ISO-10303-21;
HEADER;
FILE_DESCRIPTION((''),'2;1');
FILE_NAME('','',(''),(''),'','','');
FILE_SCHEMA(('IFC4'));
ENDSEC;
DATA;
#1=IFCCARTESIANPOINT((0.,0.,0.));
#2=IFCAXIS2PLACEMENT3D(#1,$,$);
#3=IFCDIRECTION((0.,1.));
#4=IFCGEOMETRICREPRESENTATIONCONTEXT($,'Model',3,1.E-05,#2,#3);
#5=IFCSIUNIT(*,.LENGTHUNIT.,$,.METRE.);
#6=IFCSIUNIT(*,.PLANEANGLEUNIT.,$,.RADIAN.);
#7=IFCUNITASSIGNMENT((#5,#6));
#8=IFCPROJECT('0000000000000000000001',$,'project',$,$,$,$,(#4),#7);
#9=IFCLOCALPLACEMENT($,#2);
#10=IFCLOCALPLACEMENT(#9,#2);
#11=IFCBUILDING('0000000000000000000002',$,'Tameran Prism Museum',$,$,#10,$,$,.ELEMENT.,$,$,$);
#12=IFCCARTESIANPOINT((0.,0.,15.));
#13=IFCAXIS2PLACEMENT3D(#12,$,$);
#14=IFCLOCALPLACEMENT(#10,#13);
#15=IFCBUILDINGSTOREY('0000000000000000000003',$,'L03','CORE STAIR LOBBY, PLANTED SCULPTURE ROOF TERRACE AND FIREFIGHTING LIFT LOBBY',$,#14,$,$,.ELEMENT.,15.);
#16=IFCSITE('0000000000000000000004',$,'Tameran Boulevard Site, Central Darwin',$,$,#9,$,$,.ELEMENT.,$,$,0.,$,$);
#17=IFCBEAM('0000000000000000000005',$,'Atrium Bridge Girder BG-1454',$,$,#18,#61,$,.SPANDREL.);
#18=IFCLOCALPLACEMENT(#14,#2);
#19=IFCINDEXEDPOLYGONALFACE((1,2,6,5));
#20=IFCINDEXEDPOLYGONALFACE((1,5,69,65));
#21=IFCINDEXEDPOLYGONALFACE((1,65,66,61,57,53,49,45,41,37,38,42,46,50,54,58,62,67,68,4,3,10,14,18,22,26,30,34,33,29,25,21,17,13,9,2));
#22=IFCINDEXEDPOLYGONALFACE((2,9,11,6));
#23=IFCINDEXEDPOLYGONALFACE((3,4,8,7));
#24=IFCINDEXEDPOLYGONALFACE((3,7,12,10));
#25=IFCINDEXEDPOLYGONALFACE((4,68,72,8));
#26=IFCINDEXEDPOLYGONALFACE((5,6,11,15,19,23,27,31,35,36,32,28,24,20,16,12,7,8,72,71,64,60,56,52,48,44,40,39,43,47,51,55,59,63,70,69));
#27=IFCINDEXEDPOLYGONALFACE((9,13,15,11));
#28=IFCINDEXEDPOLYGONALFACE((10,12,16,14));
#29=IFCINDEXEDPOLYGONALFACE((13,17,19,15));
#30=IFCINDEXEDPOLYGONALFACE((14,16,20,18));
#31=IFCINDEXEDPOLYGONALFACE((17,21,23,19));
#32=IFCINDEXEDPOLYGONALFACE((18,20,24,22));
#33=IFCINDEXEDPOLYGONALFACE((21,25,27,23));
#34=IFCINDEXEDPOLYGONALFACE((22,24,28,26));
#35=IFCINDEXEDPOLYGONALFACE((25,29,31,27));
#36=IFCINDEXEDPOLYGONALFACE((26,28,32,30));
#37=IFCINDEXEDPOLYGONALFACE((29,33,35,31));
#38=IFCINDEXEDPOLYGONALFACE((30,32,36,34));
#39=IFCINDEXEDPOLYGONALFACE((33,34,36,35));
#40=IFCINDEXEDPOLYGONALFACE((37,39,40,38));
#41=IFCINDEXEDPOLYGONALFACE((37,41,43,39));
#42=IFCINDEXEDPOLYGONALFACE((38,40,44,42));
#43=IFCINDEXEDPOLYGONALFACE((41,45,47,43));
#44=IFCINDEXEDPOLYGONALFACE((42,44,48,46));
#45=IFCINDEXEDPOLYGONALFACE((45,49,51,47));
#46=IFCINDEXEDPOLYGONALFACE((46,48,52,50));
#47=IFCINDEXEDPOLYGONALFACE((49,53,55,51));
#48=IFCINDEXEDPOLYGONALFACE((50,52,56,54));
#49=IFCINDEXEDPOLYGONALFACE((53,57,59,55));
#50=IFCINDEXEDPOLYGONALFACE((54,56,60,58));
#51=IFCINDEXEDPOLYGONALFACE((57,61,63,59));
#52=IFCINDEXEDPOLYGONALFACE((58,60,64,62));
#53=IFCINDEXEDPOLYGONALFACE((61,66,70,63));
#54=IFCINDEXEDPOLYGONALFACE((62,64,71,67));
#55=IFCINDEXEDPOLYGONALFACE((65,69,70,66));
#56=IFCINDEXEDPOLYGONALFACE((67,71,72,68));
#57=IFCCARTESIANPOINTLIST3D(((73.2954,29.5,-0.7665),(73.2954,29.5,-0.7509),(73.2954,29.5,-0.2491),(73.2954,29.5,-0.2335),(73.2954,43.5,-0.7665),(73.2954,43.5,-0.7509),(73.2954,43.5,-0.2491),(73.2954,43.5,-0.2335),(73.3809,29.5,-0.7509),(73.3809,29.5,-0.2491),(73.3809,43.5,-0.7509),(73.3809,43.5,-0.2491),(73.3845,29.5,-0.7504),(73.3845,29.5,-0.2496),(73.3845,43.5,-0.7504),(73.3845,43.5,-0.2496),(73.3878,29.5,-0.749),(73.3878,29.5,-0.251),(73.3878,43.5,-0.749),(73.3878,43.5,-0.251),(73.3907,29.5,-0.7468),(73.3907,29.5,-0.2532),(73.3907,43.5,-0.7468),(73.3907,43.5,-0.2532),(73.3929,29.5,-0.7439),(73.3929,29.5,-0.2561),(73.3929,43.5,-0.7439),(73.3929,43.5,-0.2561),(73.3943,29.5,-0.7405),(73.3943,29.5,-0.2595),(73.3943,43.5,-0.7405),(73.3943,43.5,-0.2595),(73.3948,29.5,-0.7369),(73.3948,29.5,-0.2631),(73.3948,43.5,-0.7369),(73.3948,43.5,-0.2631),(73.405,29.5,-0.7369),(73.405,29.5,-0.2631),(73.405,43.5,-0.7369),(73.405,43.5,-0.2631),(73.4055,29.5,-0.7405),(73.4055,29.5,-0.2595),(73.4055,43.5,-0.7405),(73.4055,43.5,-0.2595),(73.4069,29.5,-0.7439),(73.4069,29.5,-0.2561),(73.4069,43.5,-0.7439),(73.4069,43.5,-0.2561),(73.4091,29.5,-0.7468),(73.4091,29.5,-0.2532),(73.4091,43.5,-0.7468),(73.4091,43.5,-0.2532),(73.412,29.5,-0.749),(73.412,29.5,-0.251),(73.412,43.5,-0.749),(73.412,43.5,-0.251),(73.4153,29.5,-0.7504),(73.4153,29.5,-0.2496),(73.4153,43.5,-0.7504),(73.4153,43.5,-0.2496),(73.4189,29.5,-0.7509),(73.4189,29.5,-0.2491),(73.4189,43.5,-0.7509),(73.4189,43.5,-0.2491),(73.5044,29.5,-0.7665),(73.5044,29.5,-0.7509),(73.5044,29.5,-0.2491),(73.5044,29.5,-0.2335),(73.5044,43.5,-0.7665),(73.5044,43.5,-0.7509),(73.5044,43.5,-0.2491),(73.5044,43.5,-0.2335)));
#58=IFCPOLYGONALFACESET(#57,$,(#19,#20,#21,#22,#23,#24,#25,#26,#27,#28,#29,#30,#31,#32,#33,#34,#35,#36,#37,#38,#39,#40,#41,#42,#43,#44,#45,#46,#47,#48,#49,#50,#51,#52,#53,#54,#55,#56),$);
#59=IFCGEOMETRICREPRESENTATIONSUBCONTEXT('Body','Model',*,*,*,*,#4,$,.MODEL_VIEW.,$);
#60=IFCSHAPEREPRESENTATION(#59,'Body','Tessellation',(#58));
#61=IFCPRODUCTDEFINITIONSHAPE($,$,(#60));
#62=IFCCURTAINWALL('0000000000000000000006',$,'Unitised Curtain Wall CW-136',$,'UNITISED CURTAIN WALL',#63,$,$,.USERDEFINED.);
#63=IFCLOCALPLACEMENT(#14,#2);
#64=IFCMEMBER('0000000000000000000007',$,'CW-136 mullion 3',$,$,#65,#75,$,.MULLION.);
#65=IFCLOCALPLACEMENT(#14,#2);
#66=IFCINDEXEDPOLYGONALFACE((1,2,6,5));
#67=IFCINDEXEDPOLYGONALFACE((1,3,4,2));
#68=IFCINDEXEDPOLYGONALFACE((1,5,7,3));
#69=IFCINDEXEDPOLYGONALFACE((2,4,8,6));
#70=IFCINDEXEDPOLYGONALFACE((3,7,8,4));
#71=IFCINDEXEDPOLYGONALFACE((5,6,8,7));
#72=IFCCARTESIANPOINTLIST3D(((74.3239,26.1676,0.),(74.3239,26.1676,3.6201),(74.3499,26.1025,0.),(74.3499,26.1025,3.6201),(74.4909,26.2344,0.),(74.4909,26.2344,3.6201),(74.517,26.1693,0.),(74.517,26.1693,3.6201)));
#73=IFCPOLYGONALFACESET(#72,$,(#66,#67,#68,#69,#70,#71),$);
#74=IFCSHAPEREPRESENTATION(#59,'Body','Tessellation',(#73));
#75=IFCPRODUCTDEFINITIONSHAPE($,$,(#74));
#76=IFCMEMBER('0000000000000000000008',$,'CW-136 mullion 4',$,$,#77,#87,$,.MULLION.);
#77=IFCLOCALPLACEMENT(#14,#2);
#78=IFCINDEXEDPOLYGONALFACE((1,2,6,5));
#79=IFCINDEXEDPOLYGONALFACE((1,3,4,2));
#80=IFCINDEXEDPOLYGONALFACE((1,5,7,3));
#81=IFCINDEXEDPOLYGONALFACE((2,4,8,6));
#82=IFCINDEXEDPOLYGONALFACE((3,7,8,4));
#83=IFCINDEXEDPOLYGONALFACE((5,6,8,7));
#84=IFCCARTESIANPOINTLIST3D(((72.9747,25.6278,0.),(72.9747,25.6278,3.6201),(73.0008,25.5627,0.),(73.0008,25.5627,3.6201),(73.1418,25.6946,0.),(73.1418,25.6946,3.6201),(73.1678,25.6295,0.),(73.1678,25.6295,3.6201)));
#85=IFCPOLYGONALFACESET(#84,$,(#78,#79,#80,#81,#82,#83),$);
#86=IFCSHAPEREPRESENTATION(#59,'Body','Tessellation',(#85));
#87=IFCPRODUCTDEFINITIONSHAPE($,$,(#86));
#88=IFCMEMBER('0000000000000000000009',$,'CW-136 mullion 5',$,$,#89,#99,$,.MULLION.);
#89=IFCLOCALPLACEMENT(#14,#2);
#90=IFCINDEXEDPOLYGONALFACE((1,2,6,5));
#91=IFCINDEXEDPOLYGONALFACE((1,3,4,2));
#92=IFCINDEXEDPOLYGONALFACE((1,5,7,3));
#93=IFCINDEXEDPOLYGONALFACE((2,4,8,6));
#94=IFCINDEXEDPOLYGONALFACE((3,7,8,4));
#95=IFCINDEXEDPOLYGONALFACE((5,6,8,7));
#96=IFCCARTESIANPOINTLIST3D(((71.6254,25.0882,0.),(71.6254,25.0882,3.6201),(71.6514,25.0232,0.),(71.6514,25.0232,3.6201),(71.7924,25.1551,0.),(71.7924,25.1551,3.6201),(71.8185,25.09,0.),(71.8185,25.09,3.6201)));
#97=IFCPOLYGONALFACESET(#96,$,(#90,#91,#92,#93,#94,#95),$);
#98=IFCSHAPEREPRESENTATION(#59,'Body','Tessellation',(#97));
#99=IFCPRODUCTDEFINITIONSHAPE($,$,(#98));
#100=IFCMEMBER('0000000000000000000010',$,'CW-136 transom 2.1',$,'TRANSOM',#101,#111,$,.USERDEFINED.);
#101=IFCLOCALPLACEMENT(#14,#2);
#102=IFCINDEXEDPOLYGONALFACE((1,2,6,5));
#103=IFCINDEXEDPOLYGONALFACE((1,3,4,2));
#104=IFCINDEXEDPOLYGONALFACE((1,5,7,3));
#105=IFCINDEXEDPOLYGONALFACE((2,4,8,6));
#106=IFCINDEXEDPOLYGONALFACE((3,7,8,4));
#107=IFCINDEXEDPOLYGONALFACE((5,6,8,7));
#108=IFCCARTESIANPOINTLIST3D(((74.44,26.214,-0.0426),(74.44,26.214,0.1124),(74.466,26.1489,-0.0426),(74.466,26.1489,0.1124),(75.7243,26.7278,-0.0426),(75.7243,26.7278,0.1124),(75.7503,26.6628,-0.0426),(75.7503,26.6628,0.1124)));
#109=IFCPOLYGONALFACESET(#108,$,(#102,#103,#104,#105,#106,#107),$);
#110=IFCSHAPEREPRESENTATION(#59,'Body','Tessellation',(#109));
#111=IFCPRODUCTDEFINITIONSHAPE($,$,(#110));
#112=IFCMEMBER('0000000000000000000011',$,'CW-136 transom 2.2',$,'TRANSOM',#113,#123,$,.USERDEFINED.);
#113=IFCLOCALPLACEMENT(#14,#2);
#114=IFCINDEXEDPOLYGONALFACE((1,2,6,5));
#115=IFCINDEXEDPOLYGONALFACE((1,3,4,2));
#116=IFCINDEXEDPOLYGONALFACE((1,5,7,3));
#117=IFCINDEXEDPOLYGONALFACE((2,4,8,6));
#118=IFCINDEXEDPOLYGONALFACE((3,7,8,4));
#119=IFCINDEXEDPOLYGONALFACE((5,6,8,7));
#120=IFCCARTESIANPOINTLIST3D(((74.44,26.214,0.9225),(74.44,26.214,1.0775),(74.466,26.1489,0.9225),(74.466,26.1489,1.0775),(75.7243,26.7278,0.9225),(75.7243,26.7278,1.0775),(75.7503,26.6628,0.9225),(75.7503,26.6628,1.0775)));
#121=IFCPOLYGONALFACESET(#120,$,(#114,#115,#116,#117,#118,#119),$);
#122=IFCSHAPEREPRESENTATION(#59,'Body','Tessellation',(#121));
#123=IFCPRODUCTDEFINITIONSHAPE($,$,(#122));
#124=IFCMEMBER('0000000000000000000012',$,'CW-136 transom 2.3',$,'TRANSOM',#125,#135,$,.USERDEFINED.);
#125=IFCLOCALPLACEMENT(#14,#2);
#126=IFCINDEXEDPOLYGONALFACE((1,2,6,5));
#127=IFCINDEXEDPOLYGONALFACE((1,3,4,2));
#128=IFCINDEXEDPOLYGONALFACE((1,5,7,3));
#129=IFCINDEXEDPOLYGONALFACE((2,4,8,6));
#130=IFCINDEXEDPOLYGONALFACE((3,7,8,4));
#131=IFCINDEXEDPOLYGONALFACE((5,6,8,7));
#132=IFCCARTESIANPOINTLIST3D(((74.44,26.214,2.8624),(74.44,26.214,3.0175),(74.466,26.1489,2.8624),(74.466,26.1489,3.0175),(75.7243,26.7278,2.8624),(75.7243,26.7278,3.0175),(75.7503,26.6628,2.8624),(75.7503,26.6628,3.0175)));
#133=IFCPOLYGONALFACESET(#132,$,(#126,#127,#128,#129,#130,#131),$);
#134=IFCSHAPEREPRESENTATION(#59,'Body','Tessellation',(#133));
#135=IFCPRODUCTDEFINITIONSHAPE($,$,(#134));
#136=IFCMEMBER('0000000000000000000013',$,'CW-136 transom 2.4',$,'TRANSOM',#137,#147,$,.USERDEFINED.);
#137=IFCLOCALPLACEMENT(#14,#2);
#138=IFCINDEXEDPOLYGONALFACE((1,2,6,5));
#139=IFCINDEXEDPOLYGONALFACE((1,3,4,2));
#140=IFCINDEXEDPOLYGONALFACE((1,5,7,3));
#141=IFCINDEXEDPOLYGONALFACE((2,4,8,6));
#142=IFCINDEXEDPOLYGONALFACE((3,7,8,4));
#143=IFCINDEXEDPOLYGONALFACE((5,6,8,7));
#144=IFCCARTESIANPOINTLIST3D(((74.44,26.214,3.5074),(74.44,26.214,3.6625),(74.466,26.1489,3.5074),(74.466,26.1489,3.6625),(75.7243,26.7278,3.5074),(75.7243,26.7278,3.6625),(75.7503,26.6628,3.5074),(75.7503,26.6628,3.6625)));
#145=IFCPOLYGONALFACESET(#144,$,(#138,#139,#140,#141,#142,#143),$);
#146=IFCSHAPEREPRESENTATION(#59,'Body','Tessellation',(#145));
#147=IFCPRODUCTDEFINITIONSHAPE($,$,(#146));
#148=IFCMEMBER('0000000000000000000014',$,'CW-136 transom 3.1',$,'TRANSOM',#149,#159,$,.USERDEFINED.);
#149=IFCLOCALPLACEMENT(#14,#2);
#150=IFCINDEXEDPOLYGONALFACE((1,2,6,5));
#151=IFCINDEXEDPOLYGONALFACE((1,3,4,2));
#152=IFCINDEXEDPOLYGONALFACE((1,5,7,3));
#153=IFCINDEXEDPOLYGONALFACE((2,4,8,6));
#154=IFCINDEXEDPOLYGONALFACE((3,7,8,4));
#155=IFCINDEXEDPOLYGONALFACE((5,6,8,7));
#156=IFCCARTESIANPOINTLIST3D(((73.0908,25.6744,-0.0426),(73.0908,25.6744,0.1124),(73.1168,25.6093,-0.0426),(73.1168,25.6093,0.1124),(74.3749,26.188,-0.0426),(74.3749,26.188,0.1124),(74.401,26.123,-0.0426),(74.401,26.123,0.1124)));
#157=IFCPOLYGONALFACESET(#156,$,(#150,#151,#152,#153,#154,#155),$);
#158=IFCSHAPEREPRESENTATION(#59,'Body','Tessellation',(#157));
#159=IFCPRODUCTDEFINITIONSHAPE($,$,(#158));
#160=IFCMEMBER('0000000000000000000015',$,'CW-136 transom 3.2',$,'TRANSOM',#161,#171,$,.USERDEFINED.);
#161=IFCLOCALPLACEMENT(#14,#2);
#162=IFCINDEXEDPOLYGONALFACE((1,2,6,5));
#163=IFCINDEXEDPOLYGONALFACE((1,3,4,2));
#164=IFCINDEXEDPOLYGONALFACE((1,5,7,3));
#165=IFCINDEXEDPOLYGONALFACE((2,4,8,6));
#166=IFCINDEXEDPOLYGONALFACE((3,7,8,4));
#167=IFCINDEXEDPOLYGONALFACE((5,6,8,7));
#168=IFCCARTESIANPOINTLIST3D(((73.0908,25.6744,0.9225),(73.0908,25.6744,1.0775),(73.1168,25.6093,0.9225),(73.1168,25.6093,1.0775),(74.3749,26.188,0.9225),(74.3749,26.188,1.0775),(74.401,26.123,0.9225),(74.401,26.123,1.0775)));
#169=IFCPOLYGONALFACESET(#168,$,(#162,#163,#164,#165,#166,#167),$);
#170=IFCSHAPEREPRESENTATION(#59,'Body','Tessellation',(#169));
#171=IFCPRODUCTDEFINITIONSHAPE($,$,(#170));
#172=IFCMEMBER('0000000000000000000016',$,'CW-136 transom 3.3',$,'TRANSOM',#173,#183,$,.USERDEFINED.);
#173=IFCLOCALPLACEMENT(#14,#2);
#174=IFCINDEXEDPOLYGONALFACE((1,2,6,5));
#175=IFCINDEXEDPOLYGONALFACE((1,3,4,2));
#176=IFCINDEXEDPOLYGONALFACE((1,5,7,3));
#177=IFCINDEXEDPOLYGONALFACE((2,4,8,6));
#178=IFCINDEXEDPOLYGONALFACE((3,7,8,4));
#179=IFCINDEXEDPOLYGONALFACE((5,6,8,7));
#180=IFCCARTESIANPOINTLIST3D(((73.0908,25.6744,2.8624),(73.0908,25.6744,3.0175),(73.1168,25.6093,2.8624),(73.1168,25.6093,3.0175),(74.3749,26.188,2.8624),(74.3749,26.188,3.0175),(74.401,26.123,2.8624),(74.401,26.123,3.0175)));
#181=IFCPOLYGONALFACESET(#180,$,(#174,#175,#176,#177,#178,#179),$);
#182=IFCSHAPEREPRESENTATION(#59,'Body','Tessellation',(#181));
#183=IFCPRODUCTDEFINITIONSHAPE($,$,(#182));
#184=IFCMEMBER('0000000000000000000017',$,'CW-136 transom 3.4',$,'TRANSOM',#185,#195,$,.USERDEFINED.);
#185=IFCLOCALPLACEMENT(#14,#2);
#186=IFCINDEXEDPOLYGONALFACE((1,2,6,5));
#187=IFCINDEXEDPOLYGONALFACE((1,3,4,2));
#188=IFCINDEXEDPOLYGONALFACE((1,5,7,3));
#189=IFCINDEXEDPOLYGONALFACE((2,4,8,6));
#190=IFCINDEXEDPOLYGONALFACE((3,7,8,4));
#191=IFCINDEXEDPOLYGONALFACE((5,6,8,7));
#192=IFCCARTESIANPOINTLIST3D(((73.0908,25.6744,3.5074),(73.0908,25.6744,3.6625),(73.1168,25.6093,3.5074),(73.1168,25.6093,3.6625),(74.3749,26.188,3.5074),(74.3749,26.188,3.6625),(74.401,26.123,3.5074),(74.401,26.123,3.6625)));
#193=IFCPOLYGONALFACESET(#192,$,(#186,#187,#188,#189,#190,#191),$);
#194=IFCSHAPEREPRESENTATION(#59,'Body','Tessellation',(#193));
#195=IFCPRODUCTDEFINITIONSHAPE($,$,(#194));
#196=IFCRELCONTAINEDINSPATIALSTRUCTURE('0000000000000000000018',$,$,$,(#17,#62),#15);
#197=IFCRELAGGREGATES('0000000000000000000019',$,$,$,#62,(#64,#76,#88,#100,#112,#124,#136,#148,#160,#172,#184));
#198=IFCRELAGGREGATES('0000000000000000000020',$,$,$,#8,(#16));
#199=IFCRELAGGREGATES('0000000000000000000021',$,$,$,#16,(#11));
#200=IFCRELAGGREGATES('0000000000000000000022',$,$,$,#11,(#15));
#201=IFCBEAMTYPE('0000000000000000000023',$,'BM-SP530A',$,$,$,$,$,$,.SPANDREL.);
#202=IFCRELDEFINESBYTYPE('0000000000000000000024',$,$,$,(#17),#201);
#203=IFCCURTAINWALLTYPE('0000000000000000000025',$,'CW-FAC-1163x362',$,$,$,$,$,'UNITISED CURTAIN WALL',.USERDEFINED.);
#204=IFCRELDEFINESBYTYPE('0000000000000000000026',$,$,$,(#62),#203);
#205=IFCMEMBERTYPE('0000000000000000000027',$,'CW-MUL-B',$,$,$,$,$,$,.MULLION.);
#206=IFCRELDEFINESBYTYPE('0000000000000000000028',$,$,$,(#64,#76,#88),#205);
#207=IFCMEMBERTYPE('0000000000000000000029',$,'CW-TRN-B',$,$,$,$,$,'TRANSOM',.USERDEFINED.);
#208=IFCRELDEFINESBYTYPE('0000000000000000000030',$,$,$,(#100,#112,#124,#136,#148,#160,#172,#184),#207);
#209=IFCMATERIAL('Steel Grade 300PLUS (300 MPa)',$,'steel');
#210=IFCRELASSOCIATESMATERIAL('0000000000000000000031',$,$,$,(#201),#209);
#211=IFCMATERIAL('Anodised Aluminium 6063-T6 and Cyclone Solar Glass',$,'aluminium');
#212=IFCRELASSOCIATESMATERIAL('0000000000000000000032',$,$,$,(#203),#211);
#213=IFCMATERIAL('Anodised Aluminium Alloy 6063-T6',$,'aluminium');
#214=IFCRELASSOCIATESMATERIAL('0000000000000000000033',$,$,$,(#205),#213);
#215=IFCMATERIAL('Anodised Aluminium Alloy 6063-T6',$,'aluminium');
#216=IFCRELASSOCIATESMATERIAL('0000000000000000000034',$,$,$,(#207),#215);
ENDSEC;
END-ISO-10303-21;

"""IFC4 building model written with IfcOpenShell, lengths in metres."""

from ifc_helpers import new_model, si_unit, direction, frame, origin, origin_2d, place, context, subcontext, project, spatial, rectangle, i_section, extrude, material, material_profile, profile_set, type_object, element, aggregate, save


model = new_model("IFC4")

# Units and contexts
model_context = context("Model", 3, precision=1e-05, world=origin(), true_north=direction((0.0, 1.0)))
body_context = subcontext(model_context, "Body", "Model", "MODEL_VIEW")
ifc_project = project(units=[si_unit("LENGTHUNIT", "METRE"), si_unit("PLANEANGLEUNIT", "RADIAN")], contexts=[model_context])

# Site, building, storey
site_placement = place(None, origin())
site = spatial("IfcSite", under=ifc_project, at=site_placement, Name="Tameran Boulevard Site, Central Darwin", CompositionType="ELEMENT", RefElevation=0.0)
building_placement = place(site_placement, origin())
building = spatial("IfcBuilding", under=site, at=building_placement, Name="Tameran Prism Museum", CompositionType="ELEMENT")
storey_placement = place(building_placement, frame((0.0, 0.0, 15.0)))
storey = spatial("IfcBuildingStorey", under=building, at=storey_placement, Name="L03", Description="CORE STAIR LOBBY, PLANTED SCULPTURE ROOF TERRACE AND FIREFIGHTING LIFT LOBBY", CompositionType="ELEMENT", Elevation=15.0)

# Beam
ifc_material_1 = material(Name="Steel Grade 300PLUS (300 MPa)", Category="steel")
ifc_material_profile_1 = material_profile(ifc_material_1, i_section(OverallWidth=0.209, OverallDepth=0.533, WebThickness=0.0103, FlangeThickness=0.0156, FilletRadius=0.0139, at=origin_2d()))
ifc_profile_set_1 = profile_set([ifc_material_profile_1])
beam_type = type_object("IfcBeamType", Name="BM-SP530A", PredefinedType="SPANDREL", material=ifc_profile_set_1)
beam_placement = place(storey_placement, frame((73.3999, 29.5, -0.5), z_axis=(0.0, 1.0, 0.0), x_axis=(-1.0, 0.0, 0.0)))
element("IfcBeam", 1, at=beam_placement, inside=storey, type_object=beam_type, Name="Atrium Bridge Girder BG-1454", PredefinedType="SPANDREL", context=body_context, shape_type="SweptSolid", body=[
    extrude(i_section(OverallWidth=0.209, OverallDepth=0.533, WebThickness=0.0103, FlangeThickness=0.0156, FilletRadius=0.0139, at=origin_2d()), origin(), (0.0, 0.0, 1.0), 14.0),
])

# Curtain wall, members
ifc_material_2 = material(Name="Anodised Aluminium 6063-T6 and Cyclone Solar Glass", Category="aluminium")
curtain_wall_type = type_object("IfcCurtainWallType", Name="CW-FAC-1163x362", ElementType="UNITISED CURTAIN WALL", PredefinedType="USERDEFINED", material=ifc_material_2)
curtain_wall_placement = place(storey_placement, origin())
curtain_wall = element("IfcCurtainWall", 2, at=curtain_wall_placement, inside=storey, type_object=curtain_wall_type, Name="Unitised Curtain Wall CW-136", ObjectType="UNITISED CURTAIN WALL", PredefinedType="USERDEFINED")
ifc_material_3 = material(Name="Anodised Aluminium Alloy 6063-T6", Category="aluminium")
ifc_material_profile_2 = material_profile(ifc_material_3, rectangle(XDim=0.0701, YDim=0.1799, at=origin_2d()))
ifc_profile_set_2 = profile_set([ifc_material_profile_2])
member_type_1 = type_object("IfcMemberType", Name="CW-MUL-B", PredefinedType="MULLION", material=ifc_profile_set_2)
member_1_placement = place(storey_placement, frame((74.4204, 26.1685, 0.0), z_axis=(0.0, 0.0, 1.0), x_axis=(0.37142, -0.928465, 0.0)))
member_1 = element("IfcMember", 3, at=member_1_placement, type_object=member_type_1, Name="CW-136 mullion 3", PredefinedType="MULLION", context=body_context, shape_type="SweptSolid", body=[
    extrude(rectangle(XDim=0.0701, YDim=0.1799, at=origin_2d()), origin(), (0.0, 0.0, 1.0), 3.6201),
])
member_2_placement = place(storey_placement, frame((73.0713, 25.6287, 0.0), z_axis=(0.0, 0.0, 1.0), x_axis=(0.37142, -0.928465, 0.0)))
member_2 = element("IfcMember", 4, at=member_2_placement, type_object=member_type_1, Name="CW-136 mullion 4", PredefinedType="MULLION", context=body_context, shape_type="SweptSolid", body=[
    extrude(rectangle(XDim=0.0701, YDim=0.1799, at=origin_2d()), origin(), (0.0, 0.0, 1.0), 3.6201),
])
member_3_placement = place(storey_placement, frame((71.7219, 25.0891, 0.0), z_axis=(0.0, 0.0, 1.0), x_axis=(0.37142, -0.928465, 0.0)))
member_3 = element("IfcMember", 5, at=member_3_placement, type_object=member_type_1, Name="CW-136 mullion 5", PredefinedType="MULLION", context=body_context, shape_type="SweptSolid", body=[
    extrude(rectangle(XDim=0.0701, YDim=0.1799, at=origin_2d()), origin(), (0.0, 0.0, 1.0), 3.6201),
])
ifc_material_4 = material(Name="Anodised Aluminium Alloy 6063-T6", Category="aluminium")
ifc_material_profile_3 = material_profile(ifc_material_4, rectangle(XDim=0.0701, YDim=0.155, at=origin_2d()))
ifc_profile_set_3 = profile_set([ifc_material_profile_3])
member_type_2 = type_object("IfcMemberType", Name="CW-TRN-B", ElementType="TRANSOM", PredefinedType="USERDEFINED", material=ifc_profile_set_3)
member_4_placement = place(storey_placement, frame((75.7373, 26.6953, 0.0349), z_axis=(-0.92844, -0.371482, 0.0), x_axis=(0.371482, -0.92844, 0.0)))
member_4 = element("IfcMember", 6, at=member_4_placement, type_object=member_type_2, Name="CW-136 transom 2.1", ObjectType="TRANSOM", PredefinedType="USERDEFINED", context=body_context, shape_type="SweptSolid", body=[
    extrude(rectangle(XDim=0.0701, YDim=0.155, at=origin_2d()), origin(), (0.0, 0.0, 1.0), 1.3833),
])
member_5_placement = place(storey_placement, frame((75.7373, 26.6953, 1.0), z_axis=(-0.92844, -0.371482, 0.0), x_axis=(0.371482, -0.92844, 0.0)))
member_5 = element("IfcMember", 7, at=member_5_placement, type_object=member_type_2, Name="CW-136 transom 2.2", ObjectType="TRANSOM", PredefinedType="USERDEFINED", context=body_context, shape_type="SweptSolid", body=[
    extrude(rectangle(XDim=0.0701, YDim=0.155, at=origin_2d()), origin(), (0.0, 0.0, 1.0), 1.3833),
])
member_6_placement = place(storey_placement, frame((75.7373, 26.6953, 2.9399), z_axis=(-0.92844, -0.371482, 0.0), x_axis=(0.371482, -0.92844, 0.0)))
member_6 = element("IfcMember", 8, at=member_6_placement, type_object=member_type_2, Name="CW-136 transom 2.3", ObjectType="TRANSOM", PredefinedType="USERDEFINED", context=body_context, shape_type="SweptSolid", body=[
    extrude(rectangle(XDim=0.0701, YDim=0.155, at=origin_2d()), origin(), (0.0, 0.0, 1.0), 1.3833),
])
member_7_placement = place(storey_placement, frame((75.7373, 26.6953, 3.585), z_axis=(-0.92844, -0.371482, 0.0), x_axis=(0.371482, -0.92844, 0.0)))
member_7 = element("IfcMember", 9, at=member_7_placement, type_object=member_type_2, Name="CW-136 transom 2.4", ObjectType="TRANSOM", PredefinedType="USERDEFINED", context=body_context, shape_type="SweptSolid", body=[
    extrude(rectangle(XDim=0.0701, YDim=0.155, at=origin_2d()), origin(), (0.0, 0.0, 1.0), 1.3833),
])
member_8_placement = place(storey_placement, frame((74.3879, 26.1555, 0.0349), z_axis=(-0.928477, -0.371391, 0.0), x_axis=(0.371391, -0.928477, 0.0)))
member_8 = element("IfcMember", 10, at=member_8_placement, type_object=member_type_2, Name="CW-136 transom 3.1", ObjectType="TRANSOM", PredefinedType="USERDEFINED", context=body_context, shape_type="SweptSolid", body=[
    extrude(rectangle(XDim=0.0701, YDim=0.155, at=origin_2d()), origin(), (0.0, 0.0, 1.0), 1.3831),
])
member_9_placement = place(storey_placement, frame((74.3879, 26.1555, 1.0), z_axis=(-0.928477, -0.371391, 0.0), x_axis=(0.371391, -0.928477, 0.0)))
member_9 = element("IfcMember", 11, at=member_9_placement, type_object=member_type_2, Name="CW-136 transom 3.2", ObjectType="TRANSOM", PredefinedType="USERDEFINED", context=body_context, shape_type="SweptSolid", body=[
    extrude(rectangle(XDim=0.0701, YDim=0.155, at=origin_2d()), origin(), (0.0, 0.0, 1.0), 1.3831),
])
member_10_placement = place(storey_placement, frame((74.3879, 26.1555, 2.9399), z_axis=(-0.928477, -0.371391, 0.0), x_axis=(0.371391, -0.928477, 0.0)))
member_10 = element("IfcMember", 12, at=member_10_placement, type_object=member_type_2, Name="CW-136 transom 3.3", ObjectType="TRANSOM", PredefinedType="USERDEFINED", context=body_context, shape_type="SweptSolid", body=[
    extrude(rectangle(XDim=0.0701, YDim=0.155, at=origin_2d()), origin(), (0.0, 0.0, 1.0), 1.3831),
])
member_11_placement = place(storey_placement, frame((74.3879, 26.1555, 3.585), z_axis=(-0.928477, -0.371391, 0.0), x_axis=(0.371391, -0.928477, 0.0)))
member_11 = element("IfcMember", 13, at=member_11_placement, type_object=member_type_2, Name="CW-136 transom 3.4", ObjectType="TRANSOM", PredefinedType="USERDEFINED", context=body_context, shape_type="SweptSolid", body=[
    extrude(rectangle(XDim=0.0701, YDim=0.155, at=origin_2d()), origin(), (0.0, 0.0, 1.0), 1.3831),
])
aggregate(curtain_wall, [member_1, member_2, member_3, member_4, member_5, member_6, member_7, member_8, member_9, member_10, member_11])

save(model, "model.ifc")
